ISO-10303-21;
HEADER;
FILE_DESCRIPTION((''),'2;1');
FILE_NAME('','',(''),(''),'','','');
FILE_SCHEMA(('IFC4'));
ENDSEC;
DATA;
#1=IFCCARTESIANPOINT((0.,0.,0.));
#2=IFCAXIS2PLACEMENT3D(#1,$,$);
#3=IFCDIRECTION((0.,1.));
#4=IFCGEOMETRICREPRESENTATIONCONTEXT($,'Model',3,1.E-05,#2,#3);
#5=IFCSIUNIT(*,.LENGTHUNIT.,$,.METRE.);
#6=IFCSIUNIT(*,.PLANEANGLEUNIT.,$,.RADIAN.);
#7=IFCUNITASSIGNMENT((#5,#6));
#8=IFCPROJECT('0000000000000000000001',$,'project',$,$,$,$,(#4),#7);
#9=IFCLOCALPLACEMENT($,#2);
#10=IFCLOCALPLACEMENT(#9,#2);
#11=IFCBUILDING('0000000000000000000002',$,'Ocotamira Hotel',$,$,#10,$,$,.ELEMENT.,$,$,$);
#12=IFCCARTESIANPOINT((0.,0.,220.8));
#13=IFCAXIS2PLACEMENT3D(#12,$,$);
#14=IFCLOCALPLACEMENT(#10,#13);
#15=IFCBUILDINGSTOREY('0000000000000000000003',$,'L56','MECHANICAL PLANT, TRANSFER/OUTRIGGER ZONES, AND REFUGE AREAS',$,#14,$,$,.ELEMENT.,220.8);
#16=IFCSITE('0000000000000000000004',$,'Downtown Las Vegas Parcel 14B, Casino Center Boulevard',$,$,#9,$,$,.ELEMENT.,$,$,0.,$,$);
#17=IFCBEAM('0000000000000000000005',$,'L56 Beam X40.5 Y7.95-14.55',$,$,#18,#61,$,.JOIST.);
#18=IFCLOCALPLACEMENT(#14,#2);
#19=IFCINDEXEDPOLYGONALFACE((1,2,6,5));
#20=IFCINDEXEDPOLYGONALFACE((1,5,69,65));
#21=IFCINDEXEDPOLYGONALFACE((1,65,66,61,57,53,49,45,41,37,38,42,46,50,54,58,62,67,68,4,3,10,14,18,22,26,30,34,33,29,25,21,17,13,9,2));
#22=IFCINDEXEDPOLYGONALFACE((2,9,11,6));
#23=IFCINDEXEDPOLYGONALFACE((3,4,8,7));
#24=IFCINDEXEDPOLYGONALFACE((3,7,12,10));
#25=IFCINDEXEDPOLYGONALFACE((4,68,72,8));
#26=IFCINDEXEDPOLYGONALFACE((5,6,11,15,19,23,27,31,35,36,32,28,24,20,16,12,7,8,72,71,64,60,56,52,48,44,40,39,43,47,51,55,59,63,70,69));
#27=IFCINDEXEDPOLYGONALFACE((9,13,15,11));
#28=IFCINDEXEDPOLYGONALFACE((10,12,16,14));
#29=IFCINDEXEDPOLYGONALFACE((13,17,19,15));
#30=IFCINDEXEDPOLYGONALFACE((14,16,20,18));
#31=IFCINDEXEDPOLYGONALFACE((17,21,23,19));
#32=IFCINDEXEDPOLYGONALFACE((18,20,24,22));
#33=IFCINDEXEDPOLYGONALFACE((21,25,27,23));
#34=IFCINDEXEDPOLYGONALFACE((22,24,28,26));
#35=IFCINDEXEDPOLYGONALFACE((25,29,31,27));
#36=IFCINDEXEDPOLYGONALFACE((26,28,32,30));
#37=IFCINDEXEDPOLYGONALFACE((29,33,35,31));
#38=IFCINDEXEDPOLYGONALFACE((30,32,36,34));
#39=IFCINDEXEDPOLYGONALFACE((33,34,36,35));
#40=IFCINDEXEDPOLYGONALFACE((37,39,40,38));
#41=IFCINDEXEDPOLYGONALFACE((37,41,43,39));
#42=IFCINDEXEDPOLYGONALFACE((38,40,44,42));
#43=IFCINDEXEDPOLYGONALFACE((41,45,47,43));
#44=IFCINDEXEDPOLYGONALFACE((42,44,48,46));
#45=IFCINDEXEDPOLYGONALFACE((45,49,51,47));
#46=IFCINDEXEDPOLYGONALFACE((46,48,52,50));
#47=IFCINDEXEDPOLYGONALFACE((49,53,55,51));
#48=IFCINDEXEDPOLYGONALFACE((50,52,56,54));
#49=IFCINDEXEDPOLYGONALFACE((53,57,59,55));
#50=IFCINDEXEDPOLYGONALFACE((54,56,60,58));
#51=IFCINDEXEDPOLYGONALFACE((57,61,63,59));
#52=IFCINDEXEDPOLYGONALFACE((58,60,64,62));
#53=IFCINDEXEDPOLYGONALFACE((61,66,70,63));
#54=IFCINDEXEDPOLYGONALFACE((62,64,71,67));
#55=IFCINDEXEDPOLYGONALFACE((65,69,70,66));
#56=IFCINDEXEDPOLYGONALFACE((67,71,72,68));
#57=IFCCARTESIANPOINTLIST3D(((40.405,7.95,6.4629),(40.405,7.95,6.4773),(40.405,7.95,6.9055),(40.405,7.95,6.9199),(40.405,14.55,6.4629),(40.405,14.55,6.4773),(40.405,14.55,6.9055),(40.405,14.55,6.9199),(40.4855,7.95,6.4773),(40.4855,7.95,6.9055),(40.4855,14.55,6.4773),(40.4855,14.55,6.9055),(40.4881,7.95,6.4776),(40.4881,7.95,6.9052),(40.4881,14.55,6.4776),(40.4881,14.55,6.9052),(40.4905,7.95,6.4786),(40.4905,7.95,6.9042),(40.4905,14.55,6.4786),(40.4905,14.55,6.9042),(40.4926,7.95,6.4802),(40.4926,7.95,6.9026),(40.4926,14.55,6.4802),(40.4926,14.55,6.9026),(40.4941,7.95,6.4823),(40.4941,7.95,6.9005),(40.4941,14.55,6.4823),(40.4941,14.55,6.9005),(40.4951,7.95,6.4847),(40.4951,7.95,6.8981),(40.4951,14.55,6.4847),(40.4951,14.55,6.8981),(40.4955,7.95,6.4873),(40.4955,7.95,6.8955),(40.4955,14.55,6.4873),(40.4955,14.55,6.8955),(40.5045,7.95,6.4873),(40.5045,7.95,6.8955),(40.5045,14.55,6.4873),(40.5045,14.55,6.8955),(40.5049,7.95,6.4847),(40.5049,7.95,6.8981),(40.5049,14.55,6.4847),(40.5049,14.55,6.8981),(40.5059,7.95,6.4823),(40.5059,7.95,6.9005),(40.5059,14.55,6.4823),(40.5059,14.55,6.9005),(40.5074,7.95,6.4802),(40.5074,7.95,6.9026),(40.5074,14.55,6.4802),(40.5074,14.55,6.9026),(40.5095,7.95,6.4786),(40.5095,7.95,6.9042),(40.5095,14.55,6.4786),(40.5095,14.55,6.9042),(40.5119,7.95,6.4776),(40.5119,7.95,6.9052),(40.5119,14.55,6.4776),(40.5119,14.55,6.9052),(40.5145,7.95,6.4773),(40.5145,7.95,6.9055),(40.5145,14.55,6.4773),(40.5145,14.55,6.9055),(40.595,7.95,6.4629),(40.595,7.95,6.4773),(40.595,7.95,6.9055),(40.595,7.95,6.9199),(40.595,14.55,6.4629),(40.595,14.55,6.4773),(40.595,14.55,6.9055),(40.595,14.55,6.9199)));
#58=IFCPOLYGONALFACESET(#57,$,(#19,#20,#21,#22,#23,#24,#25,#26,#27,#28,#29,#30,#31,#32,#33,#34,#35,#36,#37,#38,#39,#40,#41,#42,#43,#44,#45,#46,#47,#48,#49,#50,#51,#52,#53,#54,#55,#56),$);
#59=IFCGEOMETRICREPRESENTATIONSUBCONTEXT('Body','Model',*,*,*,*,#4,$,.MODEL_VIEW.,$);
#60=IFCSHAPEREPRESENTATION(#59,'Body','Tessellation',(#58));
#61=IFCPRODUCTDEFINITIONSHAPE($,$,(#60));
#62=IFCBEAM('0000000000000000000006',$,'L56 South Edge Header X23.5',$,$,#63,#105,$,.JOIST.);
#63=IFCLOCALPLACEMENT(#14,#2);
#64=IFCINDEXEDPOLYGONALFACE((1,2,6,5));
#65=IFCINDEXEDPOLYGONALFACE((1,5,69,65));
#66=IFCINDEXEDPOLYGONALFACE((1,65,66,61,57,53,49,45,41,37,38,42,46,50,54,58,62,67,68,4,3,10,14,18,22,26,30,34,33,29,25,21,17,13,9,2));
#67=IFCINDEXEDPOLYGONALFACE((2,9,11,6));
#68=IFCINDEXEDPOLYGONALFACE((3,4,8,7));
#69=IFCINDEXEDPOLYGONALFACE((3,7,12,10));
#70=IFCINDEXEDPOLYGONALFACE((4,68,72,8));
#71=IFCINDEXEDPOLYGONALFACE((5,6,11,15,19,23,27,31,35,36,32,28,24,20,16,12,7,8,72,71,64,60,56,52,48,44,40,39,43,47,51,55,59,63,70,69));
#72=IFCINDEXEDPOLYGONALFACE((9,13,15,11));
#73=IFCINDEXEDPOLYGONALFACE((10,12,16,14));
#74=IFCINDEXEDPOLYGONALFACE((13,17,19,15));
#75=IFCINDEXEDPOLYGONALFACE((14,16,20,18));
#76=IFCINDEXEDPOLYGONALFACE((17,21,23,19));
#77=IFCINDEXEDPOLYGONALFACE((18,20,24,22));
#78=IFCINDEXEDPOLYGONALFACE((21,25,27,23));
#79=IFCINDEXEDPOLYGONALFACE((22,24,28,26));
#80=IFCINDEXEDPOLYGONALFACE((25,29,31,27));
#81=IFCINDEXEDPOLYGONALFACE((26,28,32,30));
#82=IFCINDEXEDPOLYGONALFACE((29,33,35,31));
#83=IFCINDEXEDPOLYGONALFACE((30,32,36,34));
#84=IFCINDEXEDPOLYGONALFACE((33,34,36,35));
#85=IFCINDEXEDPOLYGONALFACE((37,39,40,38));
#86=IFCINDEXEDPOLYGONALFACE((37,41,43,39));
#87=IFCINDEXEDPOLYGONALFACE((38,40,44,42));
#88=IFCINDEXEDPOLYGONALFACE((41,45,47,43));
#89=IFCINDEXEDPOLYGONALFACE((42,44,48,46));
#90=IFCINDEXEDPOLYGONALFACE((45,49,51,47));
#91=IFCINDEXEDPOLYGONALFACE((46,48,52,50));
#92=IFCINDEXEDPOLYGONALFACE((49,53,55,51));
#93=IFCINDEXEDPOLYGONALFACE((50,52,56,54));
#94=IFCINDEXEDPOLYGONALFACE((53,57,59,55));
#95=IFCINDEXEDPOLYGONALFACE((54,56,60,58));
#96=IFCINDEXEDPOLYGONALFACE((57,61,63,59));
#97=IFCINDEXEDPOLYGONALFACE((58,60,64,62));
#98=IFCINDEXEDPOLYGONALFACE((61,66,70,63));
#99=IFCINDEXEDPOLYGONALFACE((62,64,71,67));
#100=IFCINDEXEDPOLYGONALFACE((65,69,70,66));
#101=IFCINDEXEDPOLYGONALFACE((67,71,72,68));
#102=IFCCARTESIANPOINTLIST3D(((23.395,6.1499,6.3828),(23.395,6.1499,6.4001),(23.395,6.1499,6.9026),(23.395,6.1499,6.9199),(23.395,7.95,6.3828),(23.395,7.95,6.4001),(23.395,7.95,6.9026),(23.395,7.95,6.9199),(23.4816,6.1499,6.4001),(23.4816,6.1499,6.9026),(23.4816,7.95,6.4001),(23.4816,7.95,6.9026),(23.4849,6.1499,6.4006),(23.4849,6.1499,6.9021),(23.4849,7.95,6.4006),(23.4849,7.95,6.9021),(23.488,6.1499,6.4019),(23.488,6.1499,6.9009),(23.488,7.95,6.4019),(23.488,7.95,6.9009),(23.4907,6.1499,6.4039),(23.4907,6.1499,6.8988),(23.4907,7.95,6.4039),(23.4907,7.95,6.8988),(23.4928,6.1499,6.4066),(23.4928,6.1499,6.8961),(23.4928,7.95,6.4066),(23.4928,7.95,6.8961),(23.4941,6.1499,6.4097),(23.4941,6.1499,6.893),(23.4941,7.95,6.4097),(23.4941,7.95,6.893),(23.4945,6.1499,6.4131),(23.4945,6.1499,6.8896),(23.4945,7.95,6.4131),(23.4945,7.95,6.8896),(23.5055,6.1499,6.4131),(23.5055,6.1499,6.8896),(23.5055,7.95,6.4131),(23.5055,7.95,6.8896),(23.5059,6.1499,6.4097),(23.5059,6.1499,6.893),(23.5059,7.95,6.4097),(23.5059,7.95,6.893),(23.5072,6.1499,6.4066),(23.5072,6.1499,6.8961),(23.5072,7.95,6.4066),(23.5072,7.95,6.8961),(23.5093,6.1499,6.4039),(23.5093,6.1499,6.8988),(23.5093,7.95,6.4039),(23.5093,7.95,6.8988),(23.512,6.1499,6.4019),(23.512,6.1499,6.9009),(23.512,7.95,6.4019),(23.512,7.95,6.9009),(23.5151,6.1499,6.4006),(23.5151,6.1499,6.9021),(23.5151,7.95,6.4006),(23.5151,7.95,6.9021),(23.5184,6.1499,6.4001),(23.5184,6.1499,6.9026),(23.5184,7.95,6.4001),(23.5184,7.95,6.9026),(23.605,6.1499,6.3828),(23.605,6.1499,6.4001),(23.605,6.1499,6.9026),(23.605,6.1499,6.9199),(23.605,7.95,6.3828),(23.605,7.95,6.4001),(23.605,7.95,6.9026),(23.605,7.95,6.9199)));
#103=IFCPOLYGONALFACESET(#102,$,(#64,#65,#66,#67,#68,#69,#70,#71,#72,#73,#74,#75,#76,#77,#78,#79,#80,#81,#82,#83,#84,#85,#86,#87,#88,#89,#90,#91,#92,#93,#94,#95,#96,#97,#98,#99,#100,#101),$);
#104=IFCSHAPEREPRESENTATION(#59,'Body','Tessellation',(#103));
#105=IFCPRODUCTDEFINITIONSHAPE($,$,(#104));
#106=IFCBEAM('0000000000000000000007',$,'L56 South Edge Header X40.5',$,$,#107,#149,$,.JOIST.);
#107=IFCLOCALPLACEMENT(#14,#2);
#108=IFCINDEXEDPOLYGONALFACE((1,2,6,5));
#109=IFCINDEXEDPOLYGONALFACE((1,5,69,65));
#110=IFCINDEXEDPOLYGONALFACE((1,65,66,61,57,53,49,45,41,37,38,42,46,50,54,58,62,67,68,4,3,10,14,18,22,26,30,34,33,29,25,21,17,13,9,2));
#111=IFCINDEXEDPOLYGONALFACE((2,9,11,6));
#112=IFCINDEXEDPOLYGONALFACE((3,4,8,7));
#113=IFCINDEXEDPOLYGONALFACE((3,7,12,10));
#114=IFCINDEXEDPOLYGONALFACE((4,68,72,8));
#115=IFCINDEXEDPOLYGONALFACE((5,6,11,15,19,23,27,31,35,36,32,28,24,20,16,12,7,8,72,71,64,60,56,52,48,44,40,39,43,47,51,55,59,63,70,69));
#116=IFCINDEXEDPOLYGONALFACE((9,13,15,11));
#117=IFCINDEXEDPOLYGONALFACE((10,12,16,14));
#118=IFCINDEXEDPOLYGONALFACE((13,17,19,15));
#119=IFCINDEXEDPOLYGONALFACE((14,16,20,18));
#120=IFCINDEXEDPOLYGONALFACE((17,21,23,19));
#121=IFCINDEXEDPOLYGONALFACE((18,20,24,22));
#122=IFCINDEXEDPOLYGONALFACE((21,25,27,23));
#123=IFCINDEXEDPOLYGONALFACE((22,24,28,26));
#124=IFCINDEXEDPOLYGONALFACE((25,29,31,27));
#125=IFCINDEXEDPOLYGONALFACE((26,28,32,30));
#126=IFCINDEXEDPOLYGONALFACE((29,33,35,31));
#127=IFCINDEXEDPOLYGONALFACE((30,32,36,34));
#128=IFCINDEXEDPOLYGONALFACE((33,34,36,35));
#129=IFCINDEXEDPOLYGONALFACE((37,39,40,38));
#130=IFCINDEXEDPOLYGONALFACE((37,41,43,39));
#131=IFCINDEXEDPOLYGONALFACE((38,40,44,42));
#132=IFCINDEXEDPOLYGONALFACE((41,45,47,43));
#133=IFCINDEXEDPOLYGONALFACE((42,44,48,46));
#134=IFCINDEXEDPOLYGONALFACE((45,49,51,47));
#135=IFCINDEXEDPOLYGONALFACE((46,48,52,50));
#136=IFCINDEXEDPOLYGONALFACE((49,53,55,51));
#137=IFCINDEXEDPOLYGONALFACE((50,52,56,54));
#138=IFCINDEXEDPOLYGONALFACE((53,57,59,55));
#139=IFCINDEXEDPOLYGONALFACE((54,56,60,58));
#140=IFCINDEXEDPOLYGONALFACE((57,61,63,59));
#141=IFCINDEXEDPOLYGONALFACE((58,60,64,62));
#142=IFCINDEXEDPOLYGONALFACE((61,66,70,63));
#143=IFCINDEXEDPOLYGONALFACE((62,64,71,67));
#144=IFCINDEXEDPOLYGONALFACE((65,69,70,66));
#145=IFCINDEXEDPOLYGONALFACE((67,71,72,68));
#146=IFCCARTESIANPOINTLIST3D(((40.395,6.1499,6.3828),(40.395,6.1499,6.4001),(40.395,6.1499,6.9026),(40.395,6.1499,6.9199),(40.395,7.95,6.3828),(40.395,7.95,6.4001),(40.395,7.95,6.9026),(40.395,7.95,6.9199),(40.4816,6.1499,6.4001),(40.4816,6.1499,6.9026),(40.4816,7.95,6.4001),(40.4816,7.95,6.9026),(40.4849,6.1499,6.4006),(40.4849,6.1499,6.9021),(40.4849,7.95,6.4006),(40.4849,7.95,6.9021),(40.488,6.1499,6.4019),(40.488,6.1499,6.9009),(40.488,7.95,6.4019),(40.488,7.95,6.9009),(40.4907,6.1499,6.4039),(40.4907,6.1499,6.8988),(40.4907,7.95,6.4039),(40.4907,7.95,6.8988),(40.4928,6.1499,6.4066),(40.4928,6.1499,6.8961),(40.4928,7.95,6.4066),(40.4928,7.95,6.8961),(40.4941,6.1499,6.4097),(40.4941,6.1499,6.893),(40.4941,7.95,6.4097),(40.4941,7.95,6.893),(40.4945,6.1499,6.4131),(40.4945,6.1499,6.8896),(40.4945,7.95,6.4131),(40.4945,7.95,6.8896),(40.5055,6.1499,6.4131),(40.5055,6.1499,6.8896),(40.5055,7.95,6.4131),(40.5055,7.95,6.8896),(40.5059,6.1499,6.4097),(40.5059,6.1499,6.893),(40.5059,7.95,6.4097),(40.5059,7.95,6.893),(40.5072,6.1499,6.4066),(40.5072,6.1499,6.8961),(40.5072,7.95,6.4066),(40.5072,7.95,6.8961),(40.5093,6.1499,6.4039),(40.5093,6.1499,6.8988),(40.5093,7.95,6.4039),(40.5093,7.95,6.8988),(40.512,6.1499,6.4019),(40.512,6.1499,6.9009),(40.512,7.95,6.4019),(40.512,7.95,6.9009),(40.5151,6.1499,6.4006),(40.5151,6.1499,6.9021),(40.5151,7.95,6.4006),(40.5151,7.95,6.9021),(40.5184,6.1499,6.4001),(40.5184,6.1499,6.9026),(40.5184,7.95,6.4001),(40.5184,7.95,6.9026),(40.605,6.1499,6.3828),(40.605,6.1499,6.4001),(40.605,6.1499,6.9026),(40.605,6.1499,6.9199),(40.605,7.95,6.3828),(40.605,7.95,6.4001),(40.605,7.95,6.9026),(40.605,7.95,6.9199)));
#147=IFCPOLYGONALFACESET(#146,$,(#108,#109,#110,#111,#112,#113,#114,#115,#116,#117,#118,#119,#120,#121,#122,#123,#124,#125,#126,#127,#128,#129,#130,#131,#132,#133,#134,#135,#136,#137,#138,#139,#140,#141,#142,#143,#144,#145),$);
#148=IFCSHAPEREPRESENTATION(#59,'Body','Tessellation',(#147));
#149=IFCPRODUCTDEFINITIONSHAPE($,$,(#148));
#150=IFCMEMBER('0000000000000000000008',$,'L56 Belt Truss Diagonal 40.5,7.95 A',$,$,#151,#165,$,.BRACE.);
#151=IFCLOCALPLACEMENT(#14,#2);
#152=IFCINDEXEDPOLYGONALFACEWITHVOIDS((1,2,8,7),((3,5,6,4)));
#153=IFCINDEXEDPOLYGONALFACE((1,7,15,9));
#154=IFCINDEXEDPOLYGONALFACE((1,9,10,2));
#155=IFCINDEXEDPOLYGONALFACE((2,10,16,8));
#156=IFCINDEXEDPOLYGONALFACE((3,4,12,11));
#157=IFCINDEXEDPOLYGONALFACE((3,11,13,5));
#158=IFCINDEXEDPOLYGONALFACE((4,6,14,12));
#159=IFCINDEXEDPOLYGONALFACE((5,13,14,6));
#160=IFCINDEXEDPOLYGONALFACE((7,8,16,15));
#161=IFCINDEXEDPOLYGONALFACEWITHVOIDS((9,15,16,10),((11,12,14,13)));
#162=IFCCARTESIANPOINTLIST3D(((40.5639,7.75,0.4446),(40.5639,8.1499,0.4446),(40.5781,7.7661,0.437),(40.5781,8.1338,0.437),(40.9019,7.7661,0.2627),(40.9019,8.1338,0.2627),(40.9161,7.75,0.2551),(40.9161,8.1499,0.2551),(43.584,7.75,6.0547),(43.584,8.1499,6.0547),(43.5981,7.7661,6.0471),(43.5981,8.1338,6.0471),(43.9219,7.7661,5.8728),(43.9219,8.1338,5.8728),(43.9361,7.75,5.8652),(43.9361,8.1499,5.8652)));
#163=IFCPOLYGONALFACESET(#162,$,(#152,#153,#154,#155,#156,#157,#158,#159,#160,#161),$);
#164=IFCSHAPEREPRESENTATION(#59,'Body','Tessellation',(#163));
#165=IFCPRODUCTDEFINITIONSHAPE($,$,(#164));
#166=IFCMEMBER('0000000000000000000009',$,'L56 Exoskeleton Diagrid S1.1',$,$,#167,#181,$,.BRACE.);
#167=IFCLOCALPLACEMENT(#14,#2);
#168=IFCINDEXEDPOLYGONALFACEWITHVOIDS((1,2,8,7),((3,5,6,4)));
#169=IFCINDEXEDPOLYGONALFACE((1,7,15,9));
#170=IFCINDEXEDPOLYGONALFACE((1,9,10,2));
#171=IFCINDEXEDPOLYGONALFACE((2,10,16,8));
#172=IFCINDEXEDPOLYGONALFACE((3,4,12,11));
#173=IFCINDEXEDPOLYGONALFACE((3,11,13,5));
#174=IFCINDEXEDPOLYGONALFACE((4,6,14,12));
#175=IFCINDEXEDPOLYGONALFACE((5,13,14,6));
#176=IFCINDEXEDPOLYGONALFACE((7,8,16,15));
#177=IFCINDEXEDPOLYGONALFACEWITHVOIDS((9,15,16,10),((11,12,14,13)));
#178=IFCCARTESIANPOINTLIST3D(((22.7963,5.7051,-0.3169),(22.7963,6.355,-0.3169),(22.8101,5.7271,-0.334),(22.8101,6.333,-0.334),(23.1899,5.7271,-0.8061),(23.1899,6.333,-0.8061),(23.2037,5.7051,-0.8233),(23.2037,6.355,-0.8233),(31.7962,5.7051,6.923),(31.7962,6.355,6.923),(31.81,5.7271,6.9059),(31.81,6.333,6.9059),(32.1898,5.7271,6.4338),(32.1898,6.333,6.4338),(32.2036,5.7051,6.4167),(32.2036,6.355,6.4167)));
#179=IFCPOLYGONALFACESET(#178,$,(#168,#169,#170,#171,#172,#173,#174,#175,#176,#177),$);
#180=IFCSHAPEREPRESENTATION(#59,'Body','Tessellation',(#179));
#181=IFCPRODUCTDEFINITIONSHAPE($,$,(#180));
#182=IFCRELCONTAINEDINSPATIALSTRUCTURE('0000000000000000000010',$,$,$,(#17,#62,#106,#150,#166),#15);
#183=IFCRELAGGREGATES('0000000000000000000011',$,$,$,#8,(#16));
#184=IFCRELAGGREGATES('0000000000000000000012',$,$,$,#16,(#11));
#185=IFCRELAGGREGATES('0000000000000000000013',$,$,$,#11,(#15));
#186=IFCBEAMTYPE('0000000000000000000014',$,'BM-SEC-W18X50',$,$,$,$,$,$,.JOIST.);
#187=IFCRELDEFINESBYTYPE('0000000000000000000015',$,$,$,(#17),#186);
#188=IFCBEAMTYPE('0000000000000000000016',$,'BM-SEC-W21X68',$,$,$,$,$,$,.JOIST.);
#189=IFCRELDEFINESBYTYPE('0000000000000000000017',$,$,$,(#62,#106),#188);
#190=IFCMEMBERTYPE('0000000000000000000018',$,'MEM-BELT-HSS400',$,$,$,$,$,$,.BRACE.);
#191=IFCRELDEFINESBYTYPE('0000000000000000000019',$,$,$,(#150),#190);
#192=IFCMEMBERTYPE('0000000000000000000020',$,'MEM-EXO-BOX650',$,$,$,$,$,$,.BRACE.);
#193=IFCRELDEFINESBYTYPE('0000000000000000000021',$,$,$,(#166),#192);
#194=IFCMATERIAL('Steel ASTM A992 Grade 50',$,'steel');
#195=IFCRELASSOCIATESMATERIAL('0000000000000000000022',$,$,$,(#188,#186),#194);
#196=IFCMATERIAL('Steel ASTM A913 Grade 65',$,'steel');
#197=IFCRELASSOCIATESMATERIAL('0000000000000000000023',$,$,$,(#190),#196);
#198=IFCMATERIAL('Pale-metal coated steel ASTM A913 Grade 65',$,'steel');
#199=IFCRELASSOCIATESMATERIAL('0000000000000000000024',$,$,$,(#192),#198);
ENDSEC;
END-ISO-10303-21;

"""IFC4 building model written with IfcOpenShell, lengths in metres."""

from ifc_helpers import new_model, si_unit, direction, frame, origin, origin_2d, place, context, subcontext, project, spatial, hollow_rectangle, i_section, extrude, source, transform, mapped, material, material_profile, profile_set, type_object, element, save


model = new_model("IFC4")

# Units and contexts
model_context = context("Model", 3, precision=1e-05, world=origin(), true_north=direction((0.0, 1.0)))
body_context = subcontext(model_context, "Body", "Model", "MODEL_VIEW")
ifc_project = project(units=[si_unit("LENGTHUNIT", "METRE"), si_unit("PLANEANGLEUNIT", "RADIAN")], contexts=[model_context])

# Site, building, storey
site_placement = place(None, origin())
site = spatial("IfcSite", under=ifc_project, at=site_placement, Name="Downtown Las Vegas Parcel 14B, Casino Center Boulevard", CompositionType="ELEMENT", RefElevation=0.0)
building_placement = place(site_placement, origin())
building = spatial("IfcBuilding", under=site, at=building_placement, Name="Ocotamira Hotel", CompositionType="ELEMENT")
storey_placement = place(building_placement, frame((0.0, 0.0, 220.8)))
storey = spatial("IfcBuildingStorey", under=building, at=storey_placement, Name="L56", Description="MECHANICAL PLANT, TRANSFER/OUTRIGGER ZONES, AND REFUGE AREAS", CompositionType="ELEMENT", Elevation=220.8)

# Shared definitions
ifc_material_1 = material(Name="Steel ASTM A913 Grade 65", Category="steel")

# Beams
ifc_material_2 = material(Name="Steel ASTM A992 Grade 50", Category="steel")
ifc_material_profile_1 = material_profile(ifc_material_2, i_section(OverallWidth=0.21, OverallDepth=0.5371, WebThickness=0.011, FlangeThickness=0.0173, FilletRadius=0.0129, at=origin_2d()), Name="W21X68")
ifc_profile_set_1 = profile_set([ifc_material_profile_1], Name="Steel ASTM A992 Grade 50")
beam_type_1 = type_object("IfcBeamType", Name="BM-SEC-W21X68", PredefinedType="JOIST", material=ifc_profile_set_1)
ifc_material_profile_2 = material_profile(ifc_material_2, i_section(OverallWidth=0.1899, OverallDepth=0.457, WebThickness=0.009, FlangeThickness=0.0144, FilletRadius=0.01, at=origin_2d()), Name="W18X50")
ifc_profile_set_2 = profile_set([ifc_material_profile_2], Name="Steel ASTM A992 Grade 50")
beam_type_2 = type_object("IfcBeamType", Name="BM-SEC-W18X50", PredefinedType="JOIST", material=ifc_profile_set_2)
shared_shape_1 = source(origin(), body_context, "Body", "SweptSolid", [
    extrude(i_section(OverallWidth=0.1899, OverallDepth=0.457, WebThickness=0.009, FlangeThickness=0.0144, FilletRadius=0.01, at=origin_2d()), origin(), (0.0, 0.0, 1.0), 6.6001),
])
for number, where, z_axis, x_axis, name in (
    (1, (40.5, 7.95, 6.6914), (0.0, 1.0, 0.0), (-1.0, 0.0, 0.0), "L56 Beam X40.5 Y7.95-14.55"),
):
    element("IfcBeam", number, at=place(storey_placement, frame(where, z_axis=z_axis, x_axis=x_axis)), inside=storey, type_object=beam_type_2, Name=name, PredefinedType="JOIST", context=body_context, shape_type="MappedRepresentation", body=[
        mapped(shared_shape_1, transform((0.0, 0.0, 0.0), scale=1.0)),
    ])
shared_shape_2 = source(origin(), body_context, "Body", "SweptSolid", [
    extrude(i_section(OverallWidth=0.21, OverallDepth=0.5371, WebThickness=0.011, FlangeThickness=0.0173, FilletRadius=0.0129, at=origin_2d()), origin(), (0.0, 0.0, 1.0), 1.8),
])
for number, where, z_axis, x_axis, name in (
    (2, (23.5, 7.95, 6.6514), (0.0, -1.0, 0.0), (1.0, 0.0, 0.0), "L56 South Edge Header X23.5"),
    (3, (40.5, 7.95, 6.6514), (0.0, -1.0, 0.0), (1.0, 0.0, 0.0), "L56 South Edge Header X40.5"),
):
    element("IfcBeam", number, at=place(storey_placement, frame(where, z_axis=z_axis, x_axis=x_axis)), inside=storey, type_object=beam_type_1, Name=name, PredefinedType="JOIST", context=body_context, shape_type="MappedRepresentation", body=[
        mapped(shared_shape_2, transform((0.0, 0.0, 0.0), scale=1.0)),
    ])

# Members
ifc_material_profile_3 = material_profile(ifc_material_1, hollow_rectangle(XDim=0.3999, YDim=0.3999, WallThickness=0.0161, at=origin_2d()), Name="HSS400X400X16")
ifc_profile_set_3 = profile_set([ifc_material_profile_3], Name="Steel ASTM A913 Grade 65")
member_type_1 = type_object("IfcMemberType", Name="MEM-BELT-HSS400", PredefinedType="BRACE", material=ifc_profile_set_3)
shared_shape_3 = source(origin(), body_context, "Body", "SweptSolid", [
    extrude(hollow_rectangle(XDim=0.3999, YDim=0.3999, WallThickness=0.0161, at=origin_2d()), origin(), (0.0, 0.0, 1.0), 6.3713),
])
member_placement = place(storey_placement, frame((40.74, 7.95, 0.3499), z_axis=(0.474002, 0.0, 0.880524), x_axis=(0.0, 1.0, 0.0)))
element("IfcMember", 4, at=member_placement, inside=storey, type_object=member_type_1, Name="L56 Belt Truss Diagonal 40.5,7.95 A", PredefinedType="BRACE", context=body_context, shape_type="MappedRepresentation", body=[
    mapped(shared_shape_3, transform((0.0, 0.0, 0.0), scale=1.0)),
])
ifc_material_3 = material(Name="Pale-metal coated steel ASTM A913 Grade 65", Category="steel")
ifc_material_profile_4 = material_profile(ifc_material_3, hollow_rectangle(XDim=0.6499, YDim=0.6499, WallThickness=0.022, at=origin_2d()), Name="BOX650X650X22")
ifc_profile_set_4 = profile_set([ifc_material_profile_4], Name="Pale-metal coated steel ASTM A913 Grade 65")
member_type_2 = type_object("IfcMemberType", Name="MEM-EXO-BOX650", PredefinedType="BRACE", material=ifc_profile_set_4)
shared_shape_4 = source(origin(), body_context, "Body", "SweptSolid", [
    extrude(hollow_rectangle(XDim=0.6499, YDim=0.6499, WallThickness=0.022, at=origin_2d()), origin(), (0.0, 0.0, 1.0), 11.5505),
])
for number, where, z_axis, x_axis, name in (
    (5, (23.0, 6.03, -0.5701), (0.779177, 0.0, 0.626804), (0.0, 1.0, 0.0), "L56 Exoskeleton Diagrid S1.1"),
):
    element("IfcMember", number, at=place(storey_placement, frame(where, z_axis=z_axis, x_axis=x_axis)), inside=storey, type_object=member_type_2, Name=name, PredefinedType="BRACE", context=body_context, shape_type="MappedRepresentation", body=[
        mapped(shared_shape_4, transform((0.0, 0.0, 0.0), scale=1.0)),
    ])

save(model, "model.ifc")
